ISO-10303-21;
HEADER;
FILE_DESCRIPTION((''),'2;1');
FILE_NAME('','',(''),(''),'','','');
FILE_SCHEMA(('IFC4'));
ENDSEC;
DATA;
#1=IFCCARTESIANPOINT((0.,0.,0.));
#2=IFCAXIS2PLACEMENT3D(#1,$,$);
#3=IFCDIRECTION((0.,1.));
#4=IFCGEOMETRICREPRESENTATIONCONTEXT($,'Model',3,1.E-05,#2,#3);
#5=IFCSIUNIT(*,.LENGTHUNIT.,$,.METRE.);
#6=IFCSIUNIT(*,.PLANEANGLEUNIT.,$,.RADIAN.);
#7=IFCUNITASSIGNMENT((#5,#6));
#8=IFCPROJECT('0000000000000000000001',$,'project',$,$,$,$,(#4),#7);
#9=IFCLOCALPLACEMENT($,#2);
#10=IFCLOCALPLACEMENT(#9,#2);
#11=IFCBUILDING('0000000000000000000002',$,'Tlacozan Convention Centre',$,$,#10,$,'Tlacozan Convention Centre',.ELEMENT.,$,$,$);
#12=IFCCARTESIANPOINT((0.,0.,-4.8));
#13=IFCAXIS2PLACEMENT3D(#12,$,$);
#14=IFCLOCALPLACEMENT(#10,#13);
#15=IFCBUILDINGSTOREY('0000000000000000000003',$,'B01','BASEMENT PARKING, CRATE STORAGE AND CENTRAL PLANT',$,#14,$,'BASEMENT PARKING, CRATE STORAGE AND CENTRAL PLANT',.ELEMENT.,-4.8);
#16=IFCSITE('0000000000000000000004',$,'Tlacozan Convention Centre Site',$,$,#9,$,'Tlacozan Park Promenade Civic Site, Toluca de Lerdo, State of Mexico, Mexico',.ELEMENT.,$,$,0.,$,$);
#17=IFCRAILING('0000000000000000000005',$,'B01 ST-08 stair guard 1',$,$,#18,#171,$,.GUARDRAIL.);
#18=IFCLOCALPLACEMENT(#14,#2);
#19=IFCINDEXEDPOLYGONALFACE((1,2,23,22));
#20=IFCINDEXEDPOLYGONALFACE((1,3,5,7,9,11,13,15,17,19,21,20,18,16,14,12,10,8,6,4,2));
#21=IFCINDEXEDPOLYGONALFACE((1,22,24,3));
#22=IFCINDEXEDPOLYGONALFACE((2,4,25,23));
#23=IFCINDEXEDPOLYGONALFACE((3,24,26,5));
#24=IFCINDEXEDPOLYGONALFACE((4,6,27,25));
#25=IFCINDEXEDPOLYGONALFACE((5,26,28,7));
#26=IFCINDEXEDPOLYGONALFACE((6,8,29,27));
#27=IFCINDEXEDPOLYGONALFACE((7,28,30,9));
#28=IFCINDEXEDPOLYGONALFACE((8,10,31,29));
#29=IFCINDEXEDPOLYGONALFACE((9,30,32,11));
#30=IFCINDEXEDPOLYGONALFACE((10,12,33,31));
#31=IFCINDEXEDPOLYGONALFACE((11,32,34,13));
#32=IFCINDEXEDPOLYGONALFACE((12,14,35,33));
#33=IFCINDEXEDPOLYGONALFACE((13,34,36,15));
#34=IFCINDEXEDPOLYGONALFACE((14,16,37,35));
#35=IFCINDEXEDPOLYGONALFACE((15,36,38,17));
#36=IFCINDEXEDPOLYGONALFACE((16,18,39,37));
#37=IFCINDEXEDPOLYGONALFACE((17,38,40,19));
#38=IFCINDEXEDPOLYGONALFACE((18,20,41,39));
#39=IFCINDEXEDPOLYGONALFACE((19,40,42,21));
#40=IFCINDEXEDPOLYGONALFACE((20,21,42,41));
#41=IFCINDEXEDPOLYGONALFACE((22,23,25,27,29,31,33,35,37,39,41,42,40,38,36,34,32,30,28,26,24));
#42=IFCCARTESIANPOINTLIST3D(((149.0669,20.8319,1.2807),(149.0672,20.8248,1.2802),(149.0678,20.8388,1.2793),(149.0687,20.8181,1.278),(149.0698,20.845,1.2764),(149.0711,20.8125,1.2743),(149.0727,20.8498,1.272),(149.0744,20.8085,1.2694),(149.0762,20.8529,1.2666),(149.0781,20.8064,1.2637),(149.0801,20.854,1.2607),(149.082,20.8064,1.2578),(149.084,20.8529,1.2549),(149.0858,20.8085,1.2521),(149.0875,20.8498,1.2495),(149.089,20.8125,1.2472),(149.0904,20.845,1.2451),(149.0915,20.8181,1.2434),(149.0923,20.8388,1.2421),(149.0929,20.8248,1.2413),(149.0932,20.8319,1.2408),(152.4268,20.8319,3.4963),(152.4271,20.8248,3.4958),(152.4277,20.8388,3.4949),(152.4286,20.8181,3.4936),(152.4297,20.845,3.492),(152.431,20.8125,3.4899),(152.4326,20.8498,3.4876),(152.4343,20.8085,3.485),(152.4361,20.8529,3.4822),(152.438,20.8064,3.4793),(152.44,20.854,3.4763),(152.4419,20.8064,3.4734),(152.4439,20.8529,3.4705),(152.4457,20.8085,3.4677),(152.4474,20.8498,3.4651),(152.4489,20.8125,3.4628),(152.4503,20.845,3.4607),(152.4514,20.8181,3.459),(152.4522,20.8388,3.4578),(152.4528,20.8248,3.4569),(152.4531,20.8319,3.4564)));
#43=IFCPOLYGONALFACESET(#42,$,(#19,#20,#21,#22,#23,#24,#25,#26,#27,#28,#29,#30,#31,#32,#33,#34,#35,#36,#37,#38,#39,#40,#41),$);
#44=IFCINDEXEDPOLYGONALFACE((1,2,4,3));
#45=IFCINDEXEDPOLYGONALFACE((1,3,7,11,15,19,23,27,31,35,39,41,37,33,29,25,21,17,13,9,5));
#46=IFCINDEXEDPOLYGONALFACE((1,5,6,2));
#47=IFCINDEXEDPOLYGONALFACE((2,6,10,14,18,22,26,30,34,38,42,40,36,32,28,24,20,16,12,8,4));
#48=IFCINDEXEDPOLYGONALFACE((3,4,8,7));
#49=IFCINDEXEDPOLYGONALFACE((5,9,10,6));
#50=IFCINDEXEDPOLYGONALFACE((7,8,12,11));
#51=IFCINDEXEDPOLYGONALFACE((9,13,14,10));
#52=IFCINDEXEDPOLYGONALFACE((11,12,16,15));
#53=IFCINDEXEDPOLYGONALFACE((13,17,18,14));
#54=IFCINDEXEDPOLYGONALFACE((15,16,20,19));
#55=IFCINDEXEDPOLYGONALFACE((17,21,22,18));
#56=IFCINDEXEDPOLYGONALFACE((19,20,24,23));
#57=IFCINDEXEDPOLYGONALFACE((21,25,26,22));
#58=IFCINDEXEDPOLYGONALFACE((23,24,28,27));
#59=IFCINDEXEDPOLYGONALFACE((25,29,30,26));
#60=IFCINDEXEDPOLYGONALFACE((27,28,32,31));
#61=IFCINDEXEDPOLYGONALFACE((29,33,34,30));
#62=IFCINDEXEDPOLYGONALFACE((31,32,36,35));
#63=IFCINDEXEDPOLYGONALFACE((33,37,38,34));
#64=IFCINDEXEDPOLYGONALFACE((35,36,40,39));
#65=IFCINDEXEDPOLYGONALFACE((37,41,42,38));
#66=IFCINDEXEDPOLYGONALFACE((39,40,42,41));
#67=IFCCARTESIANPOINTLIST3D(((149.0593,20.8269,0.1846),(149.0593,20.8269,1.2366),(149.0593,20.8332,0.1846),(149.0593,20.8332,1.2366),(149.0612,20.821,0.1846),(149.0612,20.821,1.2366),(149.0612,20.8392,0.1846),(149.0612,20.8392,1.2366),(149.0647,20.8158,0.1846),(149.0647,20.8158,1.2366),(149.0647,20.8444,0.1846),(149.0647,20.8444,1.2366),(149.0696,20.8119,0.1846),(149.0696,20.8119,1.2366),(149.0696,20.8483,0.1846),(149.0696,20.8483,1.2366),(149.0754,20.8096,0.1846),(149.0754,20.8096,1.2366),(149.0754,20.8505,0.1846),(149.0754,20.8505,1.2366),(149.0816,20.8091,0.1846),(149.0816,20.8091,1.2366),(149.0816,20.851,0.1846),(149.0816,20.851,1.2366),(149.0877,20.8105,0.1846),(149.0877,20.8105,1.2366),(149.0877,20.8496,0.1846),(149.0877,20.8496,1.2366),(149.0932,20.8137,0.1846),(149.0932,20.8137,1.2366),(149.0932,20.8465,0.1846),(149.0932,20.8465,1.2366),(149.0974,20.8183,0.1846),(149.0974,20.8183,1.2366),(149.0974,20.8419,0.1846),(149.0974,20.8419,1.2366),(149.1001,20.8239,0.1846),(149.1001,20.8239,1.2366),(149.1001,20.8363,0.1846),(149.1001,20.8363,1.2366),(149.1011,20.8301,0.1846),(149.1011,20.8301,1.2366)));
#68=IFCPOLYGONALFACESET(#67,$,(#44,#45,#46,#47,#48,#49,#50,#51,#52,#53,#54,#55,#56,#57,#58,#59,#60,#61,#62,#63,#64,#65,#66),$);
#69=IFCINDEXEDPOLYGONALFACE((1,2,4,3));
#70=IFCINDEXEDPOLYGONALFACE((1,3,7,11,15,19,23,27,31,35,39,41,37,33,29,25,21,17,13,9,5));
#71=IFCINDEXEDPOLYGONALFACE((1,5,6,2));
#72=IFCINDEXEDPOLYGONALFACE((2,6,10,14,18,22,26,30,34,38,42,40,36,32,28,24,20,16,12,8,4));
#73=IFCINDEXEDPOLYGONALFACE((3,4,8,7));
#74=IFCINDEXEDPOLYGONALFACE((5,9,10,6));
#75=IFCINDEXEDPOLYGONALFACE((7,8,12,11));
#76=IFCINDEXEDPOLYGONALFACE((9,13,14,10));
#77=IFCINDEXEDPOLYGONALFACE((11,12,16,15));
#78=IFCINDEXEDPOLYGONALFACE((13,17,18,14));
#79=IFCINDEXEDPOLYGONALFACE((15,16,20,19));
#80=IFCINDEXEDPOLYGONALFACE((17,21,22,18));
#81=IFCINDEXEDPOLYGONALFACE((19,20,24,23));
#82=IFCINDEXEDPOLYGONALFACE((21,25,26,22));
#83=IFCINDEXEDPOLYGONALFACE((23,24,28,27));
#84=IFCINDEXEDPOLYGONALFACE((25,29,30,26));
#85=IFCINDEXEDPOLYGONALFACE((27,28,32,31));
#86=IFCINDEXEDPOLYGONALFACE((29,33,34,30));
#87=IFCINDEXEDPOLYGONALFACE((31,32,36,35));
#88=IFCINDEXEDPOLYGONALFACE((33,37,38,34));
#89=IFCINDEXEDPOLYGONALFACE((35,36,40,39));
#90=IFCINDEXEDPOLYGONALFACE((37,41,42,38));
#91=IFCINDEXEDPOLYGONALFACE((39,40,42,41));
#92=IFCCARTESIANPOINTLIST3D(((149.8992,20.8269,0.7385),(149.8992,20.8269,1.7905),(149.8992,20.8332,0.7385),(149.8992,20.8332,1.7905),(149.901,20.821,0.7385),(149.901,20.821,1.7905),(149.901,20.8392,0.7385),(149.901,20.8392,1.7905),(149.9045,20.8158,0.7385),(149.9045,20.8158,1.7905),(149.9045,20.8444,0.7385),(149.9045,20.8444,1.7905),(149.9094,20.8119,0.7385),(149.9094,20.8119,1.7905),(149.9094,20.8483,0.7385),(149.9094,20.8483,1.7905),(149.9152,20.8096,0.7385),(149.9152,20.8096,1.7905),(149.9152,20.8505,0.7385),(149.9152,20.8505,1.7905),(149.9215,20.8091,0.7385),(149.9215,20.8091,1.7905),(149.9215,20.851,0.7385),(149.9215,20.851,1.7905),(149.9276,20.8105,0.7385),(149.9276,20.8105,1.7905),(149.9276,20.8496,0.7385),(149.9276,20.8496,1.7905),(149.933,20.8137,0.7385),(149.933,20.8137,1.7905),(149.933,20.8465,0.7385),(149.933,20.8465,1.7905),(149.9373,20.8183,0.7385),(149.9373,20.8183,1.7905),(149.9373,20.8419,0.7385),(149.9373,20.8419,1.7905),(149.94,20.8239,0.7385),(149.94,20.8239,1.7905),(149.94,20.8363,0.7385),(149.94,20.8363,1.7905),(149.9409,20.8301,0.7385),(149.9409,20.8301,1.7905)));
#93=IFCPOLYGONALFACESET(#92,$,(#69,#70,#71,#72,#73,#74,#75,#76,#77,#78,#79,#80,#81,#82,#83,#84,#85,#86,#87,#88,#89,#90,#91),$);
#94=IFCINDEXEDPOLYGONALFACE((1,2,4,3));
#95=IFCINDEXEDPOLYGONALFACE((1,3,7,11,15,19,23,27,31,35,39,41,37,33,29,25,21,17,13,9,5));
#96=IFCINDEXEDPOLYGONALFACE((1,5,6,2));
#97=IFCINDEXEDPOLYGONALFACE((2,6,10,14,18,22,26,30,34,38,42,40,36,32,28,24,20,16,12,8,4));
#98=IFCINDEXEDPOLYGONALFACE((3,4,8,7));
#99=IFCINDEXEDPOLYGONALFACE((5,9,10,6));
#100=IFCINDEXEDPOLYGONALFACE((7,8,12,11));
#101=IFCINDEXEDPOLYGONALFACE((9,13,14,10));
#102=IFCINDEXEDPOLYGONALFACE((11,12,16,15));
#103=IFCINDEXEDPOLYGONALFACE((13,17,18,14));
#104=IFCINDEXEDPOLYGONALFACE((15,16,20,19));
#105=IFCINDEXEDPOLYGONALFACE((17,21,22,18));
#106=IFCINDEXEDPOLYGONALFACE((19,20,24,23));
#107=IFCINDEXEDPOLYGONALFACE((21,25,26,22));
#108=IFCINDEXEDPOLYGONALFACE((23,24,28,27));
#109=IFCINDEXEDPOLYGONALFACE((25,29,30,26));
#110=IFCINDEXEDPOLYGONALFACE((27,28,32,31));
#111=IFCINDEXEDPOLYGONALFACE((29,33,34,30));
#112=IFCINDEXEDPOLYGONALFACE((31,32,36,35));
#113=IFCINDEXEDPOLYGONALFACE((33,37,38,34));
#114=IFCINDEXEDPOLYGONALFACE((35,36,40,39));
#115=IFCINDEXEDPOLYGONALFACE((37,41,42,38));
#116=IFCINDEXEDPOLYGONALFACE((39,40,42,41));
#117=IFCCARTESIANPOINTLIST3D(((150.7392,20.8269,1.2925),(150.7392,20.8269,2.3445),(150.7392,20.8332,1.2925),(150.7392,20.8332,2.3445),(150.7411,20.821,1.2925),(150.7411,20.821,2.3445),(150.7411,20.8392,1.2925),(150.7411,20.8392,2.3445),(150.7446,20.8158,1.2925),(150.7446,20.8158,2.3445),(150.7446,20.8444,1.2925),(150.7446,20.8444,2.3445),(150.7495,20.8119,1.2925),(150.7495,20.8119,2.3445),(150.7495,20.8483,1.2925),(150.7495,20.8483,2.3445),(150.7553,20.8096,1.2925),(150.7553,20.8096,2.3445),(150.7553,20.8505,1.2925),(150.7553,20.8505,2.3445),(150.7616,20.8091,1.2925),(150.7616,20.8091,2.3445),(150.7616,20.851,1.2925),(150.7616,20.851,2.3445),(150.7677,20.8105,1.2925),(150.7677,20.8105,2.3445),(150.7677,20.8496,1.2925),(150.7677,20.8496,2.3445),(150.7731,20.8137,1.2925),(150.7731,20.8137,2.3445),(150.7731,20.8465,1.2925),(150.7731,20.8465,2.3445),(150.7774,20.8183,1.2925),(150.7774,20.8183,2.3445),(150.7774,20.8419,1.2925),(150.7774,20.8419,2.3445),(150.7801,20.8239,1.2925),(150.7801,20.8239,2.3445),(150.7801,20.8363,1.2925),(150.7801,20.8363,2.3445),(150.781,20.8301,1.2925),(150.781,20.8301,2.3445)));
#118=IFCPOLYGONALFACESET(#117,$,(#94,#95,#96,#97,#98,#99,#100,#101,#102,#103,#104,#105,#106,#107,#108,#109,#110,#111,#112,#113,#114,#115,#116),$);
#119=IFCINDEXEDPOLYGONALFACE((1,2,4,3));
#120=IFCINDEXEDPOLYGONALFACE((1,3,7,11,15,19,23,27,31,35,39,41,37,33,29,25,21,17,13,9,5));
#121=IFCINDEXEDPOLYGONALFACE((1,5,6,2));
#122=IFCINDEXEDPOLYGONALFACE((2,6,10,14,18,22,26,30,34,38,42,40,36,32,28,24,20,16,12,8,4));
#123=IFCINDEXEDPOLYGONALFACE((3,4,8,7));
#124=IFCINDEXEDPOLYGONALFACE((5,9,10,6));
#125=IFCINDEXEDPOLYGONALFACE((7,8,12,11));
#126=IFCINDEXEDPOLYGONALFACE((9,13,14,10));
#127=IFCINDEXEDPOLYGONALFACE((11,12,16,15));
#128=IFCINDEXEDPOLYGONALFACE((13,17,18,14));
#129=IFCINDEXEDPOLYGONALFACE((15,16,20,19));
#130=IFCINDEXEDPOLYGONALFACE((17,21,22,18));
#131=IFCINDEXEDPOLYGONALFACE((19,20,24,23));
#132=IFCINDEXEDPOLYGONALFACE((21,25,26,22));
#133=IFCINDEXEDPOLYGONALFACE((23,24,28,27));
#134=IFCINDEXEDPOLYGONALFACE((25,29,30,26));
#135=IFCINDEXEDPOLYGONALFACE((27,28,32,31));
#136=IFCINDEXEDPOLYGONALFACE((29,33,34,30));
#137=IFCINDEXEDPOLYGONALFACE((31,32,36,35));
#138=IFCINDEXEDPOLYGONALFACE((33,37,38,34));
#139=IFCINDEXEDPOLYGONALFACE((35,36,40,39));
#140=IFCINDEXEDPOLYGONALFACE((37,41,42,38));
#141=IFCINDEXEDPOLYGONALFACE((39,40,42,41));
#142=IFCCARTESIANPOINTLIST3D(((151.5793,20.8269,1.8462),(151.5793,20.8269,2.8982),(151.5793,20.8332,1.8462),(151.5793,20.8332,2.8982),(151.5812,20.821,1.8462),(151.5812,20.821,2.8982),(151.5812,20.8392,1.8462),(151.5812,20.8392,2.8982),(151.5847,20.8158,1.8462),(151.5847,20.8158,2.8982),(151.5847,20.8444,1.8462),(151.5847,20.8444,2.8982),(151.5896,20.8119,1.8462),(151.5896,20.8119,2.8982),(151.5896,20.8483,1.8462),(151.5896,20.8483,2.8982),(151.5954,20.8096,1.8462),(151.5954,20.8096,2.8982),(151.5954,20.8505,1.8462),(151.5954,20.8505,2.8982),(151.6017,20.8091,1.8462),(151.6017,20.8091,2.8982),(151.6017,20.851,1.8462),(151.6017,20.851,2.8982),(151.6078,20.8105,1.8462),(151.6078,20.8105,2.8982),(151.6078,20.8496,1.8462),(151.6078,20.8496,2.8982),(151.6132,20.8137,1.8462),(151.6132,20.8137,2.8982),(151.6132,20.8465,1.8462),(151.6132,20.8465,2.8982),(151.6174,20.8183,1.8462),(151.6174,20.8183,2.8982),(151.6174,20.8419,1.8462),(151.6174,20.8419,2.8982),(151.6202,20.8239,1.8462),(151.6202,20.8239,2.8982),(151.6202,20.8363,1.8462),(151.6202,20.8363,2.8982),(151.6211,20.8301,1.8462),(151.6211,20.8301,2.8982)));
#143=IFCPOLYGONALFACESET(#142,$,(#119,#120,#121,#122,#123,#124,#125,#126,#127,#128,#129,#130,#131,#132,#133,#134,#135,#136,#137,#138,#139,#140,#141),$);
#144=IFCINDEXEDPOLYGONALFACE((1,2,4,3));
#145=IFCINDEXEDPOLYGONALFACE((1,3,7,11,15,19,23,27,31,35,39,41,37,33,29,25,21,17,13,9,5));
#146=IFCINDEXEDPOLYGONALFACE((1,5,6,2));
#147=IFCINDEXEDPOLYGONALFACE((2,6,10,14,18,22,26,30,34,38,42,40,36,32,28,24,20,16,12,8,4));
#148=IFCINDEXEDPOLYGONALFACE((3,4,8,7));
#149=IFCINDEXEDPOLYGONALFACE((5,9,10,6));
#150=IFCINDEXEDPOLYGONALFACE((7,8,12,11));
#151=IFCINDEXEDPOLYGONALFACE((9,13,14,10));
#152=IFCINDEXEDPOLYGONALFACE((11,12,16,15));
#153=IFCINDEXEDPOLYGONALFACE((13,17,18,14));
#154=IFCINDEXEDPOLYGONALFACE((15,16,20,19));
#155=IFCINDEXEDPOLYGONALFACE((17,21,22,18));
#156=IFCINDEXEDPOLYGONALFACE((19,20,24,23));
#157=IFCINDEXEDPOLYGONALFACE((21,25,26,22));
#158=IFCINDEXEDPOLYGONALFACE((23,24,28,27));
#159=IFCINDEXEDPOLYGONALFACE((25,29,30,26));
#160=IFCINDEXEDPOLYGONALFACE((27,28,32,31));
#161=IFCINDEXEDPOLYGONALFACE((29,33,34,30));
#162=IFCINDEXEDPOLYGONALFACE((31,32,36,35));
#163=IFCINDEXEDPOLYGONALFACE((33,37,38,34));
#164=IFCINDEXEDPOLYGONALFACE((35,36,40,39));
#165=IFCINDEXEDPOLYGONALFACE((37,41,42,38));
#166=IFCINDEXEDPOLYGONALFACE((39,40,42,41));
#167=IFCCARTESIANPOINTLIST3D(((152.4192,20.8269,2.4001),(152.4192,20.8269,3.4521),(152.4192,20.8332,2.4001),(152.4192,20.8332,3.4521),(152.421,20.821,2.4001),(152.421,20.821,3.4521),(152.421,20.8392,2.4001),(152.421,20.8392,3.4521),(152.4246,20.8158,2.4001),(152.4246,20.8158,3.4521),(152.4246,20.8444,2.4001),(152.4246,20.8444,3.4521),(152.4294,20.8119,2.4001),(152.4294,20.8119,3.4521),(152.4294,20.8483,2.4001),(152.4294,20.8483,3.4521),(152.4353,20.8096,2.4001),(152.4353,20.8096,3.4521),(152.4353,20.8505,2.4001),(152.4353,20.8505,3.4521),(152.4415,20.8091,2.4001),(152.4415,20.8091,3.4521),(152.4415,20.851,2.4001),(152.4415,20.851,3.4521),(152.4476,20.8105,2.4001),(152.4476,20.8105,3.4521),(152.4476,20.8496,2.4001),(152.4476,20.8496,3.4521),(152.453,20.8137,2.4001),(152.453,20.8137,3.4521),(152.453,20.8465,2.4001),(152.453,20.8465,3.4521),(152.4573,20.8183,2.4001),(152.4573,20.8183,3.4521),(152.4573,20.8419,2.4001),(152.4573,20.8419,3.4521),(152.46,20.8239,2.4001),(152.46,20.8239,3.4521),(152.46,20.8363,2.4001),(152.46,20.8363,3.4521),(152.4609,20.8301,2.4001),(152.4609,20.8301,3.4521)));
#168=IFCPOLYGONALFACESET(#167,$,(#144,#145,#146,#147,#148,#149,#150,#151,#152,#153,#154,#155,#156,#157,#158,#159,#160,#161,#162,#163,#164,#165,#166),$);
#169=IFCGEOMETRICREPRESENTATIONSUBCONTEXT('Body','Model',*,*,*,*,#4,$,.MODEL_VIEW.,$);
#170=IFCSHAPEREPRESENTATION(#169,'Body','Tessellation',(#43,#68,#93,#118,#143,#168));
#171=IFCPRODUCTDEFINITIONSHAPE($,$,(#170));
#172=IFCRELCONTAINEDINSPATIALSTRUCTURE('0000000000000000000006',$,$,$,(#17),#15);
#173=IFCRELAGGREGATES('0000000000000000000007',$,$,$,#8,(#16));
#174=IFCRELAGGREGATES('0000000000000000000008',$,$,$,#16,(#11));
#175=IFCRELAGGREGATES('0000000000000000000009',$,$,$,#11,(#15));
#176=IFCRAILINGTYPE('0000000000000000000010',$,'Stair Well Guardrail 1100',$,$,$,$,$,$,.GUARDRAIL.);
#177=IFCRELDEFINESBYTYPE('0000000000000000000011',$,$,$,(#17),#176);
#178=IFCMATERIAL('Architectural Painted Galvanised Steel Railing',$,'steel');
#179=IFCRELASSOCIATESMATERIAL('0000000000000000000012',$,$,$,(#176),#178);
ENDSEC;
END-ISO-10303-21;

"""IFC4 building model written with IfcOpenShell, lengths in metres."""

from ifc_helpers import new_model, si_unit, direction, frame, origin, origin_2d, place, context, subcontext, project, spatial, circle, extrude, material, type_object, element, save


model = new_model("IFC4")

# Units and contexts
model_context = context("Model", 3, precision=1e-05, world=origin(), true_north=direction((0.0, 1.0)))
body_context = subcontext(model_context, "Body", "Model", "MODEL_VIEW")
ifc_project = project(units=[si_unit("LENGTHUNIT", "METRE"), si_unit("PLANEANGLEUNIT", "RADIAN")], contexts=[model_context])

# Site, building, storey
site_placement = place(None, origin())
site = spatial("IfcSite", under=ifc_project, at=site_placement, Name="Tlacozan Convention Centre Site", LongName="Tlacozan Park Promenade Civic Site, Toluca de Lerdo, State of Mexico, Mexico", CompositionType="ELEMENT", RefElevation=0.0)
building_placement = place(site_placement, origin())
building = spatial("IfcBuilding", under=site, at=building_placement, Name="Tlacozan Convention Centre", LongName="Tlacozan Convention Centre", CompositionType="ELEMENT")
storey_placement = place(building_placement, frame((0.0, 0.0, -4.8)))
storey = spatial("IfcBuildingStorey", under=building, at=storey_placement, Name="B01", Description="BASEMENT PARKING, CRATE STORAGE AND CENTRAL PLANT", LongName="BASEMENT PARKING, CRATE STORAGE AND CENTRAL PLANT", CompositionType="ELEMENT", Elevation=-4.8)

# Railing
ifc_material_1 = material(Name="Architectural Painted Galvanised Steel Railing", Category="steel")
railing_type_1 = type_object("IfcRailingType", Name="Stair Well Guardrail 1100", PredefinedType="GUARDRAIL", material=ifc_material_1)
railing_1_placement = place(storey_placement, frame((149.0801, 20.8301, 0.1846)))
element("IfcRailing", 1, at=railing_1_placement, inside=storey, type_object=railing_type_1, Name="B01 ST-08 stair guard 1", PredefinedType="GUARDRAIL", context=body_context, shape_type="SweptSolid", body=[
    extrude(circle(Radius=0.0239, at=origin_2d()), frame((0.0, 0.0, 1.0762), z_axis=(0.83483, 0.0, 0.550508), x_axis=(0.0, 1.0, 0.0)), (0.0, 0.0, 1.0), 4.0247),
    extrude(circle(Radius=0.021, at=origin_2d()), origin(), (0.0, 0.0, 1.0), 1.052),
    extrude(circle(Radius=0.021, at=origin_2d()), frame((0.8398, 0.0, 0.554)), (0.0, 0.0, 1.0), 1.052),
    extrude(circle(Radius=0.021, at=origin_2d()), frame((1.6799, 0.0, 1.1079)), (0.0, 0.0, 1.0), 1.052),
    extrude(circle(Radius=0.021, at=origin_2d()), frame((2.52, 0.0, 1.6616)), (0.0, 0.0, 1.0), 1.052),
    extrude(circle(Radius=0.021, at=origin_2d()), frame((3.3599, 0.0, 2.2156)), (0.0, 0.0, 1.0), 1.052),
])

save(model, "model.ifc")
